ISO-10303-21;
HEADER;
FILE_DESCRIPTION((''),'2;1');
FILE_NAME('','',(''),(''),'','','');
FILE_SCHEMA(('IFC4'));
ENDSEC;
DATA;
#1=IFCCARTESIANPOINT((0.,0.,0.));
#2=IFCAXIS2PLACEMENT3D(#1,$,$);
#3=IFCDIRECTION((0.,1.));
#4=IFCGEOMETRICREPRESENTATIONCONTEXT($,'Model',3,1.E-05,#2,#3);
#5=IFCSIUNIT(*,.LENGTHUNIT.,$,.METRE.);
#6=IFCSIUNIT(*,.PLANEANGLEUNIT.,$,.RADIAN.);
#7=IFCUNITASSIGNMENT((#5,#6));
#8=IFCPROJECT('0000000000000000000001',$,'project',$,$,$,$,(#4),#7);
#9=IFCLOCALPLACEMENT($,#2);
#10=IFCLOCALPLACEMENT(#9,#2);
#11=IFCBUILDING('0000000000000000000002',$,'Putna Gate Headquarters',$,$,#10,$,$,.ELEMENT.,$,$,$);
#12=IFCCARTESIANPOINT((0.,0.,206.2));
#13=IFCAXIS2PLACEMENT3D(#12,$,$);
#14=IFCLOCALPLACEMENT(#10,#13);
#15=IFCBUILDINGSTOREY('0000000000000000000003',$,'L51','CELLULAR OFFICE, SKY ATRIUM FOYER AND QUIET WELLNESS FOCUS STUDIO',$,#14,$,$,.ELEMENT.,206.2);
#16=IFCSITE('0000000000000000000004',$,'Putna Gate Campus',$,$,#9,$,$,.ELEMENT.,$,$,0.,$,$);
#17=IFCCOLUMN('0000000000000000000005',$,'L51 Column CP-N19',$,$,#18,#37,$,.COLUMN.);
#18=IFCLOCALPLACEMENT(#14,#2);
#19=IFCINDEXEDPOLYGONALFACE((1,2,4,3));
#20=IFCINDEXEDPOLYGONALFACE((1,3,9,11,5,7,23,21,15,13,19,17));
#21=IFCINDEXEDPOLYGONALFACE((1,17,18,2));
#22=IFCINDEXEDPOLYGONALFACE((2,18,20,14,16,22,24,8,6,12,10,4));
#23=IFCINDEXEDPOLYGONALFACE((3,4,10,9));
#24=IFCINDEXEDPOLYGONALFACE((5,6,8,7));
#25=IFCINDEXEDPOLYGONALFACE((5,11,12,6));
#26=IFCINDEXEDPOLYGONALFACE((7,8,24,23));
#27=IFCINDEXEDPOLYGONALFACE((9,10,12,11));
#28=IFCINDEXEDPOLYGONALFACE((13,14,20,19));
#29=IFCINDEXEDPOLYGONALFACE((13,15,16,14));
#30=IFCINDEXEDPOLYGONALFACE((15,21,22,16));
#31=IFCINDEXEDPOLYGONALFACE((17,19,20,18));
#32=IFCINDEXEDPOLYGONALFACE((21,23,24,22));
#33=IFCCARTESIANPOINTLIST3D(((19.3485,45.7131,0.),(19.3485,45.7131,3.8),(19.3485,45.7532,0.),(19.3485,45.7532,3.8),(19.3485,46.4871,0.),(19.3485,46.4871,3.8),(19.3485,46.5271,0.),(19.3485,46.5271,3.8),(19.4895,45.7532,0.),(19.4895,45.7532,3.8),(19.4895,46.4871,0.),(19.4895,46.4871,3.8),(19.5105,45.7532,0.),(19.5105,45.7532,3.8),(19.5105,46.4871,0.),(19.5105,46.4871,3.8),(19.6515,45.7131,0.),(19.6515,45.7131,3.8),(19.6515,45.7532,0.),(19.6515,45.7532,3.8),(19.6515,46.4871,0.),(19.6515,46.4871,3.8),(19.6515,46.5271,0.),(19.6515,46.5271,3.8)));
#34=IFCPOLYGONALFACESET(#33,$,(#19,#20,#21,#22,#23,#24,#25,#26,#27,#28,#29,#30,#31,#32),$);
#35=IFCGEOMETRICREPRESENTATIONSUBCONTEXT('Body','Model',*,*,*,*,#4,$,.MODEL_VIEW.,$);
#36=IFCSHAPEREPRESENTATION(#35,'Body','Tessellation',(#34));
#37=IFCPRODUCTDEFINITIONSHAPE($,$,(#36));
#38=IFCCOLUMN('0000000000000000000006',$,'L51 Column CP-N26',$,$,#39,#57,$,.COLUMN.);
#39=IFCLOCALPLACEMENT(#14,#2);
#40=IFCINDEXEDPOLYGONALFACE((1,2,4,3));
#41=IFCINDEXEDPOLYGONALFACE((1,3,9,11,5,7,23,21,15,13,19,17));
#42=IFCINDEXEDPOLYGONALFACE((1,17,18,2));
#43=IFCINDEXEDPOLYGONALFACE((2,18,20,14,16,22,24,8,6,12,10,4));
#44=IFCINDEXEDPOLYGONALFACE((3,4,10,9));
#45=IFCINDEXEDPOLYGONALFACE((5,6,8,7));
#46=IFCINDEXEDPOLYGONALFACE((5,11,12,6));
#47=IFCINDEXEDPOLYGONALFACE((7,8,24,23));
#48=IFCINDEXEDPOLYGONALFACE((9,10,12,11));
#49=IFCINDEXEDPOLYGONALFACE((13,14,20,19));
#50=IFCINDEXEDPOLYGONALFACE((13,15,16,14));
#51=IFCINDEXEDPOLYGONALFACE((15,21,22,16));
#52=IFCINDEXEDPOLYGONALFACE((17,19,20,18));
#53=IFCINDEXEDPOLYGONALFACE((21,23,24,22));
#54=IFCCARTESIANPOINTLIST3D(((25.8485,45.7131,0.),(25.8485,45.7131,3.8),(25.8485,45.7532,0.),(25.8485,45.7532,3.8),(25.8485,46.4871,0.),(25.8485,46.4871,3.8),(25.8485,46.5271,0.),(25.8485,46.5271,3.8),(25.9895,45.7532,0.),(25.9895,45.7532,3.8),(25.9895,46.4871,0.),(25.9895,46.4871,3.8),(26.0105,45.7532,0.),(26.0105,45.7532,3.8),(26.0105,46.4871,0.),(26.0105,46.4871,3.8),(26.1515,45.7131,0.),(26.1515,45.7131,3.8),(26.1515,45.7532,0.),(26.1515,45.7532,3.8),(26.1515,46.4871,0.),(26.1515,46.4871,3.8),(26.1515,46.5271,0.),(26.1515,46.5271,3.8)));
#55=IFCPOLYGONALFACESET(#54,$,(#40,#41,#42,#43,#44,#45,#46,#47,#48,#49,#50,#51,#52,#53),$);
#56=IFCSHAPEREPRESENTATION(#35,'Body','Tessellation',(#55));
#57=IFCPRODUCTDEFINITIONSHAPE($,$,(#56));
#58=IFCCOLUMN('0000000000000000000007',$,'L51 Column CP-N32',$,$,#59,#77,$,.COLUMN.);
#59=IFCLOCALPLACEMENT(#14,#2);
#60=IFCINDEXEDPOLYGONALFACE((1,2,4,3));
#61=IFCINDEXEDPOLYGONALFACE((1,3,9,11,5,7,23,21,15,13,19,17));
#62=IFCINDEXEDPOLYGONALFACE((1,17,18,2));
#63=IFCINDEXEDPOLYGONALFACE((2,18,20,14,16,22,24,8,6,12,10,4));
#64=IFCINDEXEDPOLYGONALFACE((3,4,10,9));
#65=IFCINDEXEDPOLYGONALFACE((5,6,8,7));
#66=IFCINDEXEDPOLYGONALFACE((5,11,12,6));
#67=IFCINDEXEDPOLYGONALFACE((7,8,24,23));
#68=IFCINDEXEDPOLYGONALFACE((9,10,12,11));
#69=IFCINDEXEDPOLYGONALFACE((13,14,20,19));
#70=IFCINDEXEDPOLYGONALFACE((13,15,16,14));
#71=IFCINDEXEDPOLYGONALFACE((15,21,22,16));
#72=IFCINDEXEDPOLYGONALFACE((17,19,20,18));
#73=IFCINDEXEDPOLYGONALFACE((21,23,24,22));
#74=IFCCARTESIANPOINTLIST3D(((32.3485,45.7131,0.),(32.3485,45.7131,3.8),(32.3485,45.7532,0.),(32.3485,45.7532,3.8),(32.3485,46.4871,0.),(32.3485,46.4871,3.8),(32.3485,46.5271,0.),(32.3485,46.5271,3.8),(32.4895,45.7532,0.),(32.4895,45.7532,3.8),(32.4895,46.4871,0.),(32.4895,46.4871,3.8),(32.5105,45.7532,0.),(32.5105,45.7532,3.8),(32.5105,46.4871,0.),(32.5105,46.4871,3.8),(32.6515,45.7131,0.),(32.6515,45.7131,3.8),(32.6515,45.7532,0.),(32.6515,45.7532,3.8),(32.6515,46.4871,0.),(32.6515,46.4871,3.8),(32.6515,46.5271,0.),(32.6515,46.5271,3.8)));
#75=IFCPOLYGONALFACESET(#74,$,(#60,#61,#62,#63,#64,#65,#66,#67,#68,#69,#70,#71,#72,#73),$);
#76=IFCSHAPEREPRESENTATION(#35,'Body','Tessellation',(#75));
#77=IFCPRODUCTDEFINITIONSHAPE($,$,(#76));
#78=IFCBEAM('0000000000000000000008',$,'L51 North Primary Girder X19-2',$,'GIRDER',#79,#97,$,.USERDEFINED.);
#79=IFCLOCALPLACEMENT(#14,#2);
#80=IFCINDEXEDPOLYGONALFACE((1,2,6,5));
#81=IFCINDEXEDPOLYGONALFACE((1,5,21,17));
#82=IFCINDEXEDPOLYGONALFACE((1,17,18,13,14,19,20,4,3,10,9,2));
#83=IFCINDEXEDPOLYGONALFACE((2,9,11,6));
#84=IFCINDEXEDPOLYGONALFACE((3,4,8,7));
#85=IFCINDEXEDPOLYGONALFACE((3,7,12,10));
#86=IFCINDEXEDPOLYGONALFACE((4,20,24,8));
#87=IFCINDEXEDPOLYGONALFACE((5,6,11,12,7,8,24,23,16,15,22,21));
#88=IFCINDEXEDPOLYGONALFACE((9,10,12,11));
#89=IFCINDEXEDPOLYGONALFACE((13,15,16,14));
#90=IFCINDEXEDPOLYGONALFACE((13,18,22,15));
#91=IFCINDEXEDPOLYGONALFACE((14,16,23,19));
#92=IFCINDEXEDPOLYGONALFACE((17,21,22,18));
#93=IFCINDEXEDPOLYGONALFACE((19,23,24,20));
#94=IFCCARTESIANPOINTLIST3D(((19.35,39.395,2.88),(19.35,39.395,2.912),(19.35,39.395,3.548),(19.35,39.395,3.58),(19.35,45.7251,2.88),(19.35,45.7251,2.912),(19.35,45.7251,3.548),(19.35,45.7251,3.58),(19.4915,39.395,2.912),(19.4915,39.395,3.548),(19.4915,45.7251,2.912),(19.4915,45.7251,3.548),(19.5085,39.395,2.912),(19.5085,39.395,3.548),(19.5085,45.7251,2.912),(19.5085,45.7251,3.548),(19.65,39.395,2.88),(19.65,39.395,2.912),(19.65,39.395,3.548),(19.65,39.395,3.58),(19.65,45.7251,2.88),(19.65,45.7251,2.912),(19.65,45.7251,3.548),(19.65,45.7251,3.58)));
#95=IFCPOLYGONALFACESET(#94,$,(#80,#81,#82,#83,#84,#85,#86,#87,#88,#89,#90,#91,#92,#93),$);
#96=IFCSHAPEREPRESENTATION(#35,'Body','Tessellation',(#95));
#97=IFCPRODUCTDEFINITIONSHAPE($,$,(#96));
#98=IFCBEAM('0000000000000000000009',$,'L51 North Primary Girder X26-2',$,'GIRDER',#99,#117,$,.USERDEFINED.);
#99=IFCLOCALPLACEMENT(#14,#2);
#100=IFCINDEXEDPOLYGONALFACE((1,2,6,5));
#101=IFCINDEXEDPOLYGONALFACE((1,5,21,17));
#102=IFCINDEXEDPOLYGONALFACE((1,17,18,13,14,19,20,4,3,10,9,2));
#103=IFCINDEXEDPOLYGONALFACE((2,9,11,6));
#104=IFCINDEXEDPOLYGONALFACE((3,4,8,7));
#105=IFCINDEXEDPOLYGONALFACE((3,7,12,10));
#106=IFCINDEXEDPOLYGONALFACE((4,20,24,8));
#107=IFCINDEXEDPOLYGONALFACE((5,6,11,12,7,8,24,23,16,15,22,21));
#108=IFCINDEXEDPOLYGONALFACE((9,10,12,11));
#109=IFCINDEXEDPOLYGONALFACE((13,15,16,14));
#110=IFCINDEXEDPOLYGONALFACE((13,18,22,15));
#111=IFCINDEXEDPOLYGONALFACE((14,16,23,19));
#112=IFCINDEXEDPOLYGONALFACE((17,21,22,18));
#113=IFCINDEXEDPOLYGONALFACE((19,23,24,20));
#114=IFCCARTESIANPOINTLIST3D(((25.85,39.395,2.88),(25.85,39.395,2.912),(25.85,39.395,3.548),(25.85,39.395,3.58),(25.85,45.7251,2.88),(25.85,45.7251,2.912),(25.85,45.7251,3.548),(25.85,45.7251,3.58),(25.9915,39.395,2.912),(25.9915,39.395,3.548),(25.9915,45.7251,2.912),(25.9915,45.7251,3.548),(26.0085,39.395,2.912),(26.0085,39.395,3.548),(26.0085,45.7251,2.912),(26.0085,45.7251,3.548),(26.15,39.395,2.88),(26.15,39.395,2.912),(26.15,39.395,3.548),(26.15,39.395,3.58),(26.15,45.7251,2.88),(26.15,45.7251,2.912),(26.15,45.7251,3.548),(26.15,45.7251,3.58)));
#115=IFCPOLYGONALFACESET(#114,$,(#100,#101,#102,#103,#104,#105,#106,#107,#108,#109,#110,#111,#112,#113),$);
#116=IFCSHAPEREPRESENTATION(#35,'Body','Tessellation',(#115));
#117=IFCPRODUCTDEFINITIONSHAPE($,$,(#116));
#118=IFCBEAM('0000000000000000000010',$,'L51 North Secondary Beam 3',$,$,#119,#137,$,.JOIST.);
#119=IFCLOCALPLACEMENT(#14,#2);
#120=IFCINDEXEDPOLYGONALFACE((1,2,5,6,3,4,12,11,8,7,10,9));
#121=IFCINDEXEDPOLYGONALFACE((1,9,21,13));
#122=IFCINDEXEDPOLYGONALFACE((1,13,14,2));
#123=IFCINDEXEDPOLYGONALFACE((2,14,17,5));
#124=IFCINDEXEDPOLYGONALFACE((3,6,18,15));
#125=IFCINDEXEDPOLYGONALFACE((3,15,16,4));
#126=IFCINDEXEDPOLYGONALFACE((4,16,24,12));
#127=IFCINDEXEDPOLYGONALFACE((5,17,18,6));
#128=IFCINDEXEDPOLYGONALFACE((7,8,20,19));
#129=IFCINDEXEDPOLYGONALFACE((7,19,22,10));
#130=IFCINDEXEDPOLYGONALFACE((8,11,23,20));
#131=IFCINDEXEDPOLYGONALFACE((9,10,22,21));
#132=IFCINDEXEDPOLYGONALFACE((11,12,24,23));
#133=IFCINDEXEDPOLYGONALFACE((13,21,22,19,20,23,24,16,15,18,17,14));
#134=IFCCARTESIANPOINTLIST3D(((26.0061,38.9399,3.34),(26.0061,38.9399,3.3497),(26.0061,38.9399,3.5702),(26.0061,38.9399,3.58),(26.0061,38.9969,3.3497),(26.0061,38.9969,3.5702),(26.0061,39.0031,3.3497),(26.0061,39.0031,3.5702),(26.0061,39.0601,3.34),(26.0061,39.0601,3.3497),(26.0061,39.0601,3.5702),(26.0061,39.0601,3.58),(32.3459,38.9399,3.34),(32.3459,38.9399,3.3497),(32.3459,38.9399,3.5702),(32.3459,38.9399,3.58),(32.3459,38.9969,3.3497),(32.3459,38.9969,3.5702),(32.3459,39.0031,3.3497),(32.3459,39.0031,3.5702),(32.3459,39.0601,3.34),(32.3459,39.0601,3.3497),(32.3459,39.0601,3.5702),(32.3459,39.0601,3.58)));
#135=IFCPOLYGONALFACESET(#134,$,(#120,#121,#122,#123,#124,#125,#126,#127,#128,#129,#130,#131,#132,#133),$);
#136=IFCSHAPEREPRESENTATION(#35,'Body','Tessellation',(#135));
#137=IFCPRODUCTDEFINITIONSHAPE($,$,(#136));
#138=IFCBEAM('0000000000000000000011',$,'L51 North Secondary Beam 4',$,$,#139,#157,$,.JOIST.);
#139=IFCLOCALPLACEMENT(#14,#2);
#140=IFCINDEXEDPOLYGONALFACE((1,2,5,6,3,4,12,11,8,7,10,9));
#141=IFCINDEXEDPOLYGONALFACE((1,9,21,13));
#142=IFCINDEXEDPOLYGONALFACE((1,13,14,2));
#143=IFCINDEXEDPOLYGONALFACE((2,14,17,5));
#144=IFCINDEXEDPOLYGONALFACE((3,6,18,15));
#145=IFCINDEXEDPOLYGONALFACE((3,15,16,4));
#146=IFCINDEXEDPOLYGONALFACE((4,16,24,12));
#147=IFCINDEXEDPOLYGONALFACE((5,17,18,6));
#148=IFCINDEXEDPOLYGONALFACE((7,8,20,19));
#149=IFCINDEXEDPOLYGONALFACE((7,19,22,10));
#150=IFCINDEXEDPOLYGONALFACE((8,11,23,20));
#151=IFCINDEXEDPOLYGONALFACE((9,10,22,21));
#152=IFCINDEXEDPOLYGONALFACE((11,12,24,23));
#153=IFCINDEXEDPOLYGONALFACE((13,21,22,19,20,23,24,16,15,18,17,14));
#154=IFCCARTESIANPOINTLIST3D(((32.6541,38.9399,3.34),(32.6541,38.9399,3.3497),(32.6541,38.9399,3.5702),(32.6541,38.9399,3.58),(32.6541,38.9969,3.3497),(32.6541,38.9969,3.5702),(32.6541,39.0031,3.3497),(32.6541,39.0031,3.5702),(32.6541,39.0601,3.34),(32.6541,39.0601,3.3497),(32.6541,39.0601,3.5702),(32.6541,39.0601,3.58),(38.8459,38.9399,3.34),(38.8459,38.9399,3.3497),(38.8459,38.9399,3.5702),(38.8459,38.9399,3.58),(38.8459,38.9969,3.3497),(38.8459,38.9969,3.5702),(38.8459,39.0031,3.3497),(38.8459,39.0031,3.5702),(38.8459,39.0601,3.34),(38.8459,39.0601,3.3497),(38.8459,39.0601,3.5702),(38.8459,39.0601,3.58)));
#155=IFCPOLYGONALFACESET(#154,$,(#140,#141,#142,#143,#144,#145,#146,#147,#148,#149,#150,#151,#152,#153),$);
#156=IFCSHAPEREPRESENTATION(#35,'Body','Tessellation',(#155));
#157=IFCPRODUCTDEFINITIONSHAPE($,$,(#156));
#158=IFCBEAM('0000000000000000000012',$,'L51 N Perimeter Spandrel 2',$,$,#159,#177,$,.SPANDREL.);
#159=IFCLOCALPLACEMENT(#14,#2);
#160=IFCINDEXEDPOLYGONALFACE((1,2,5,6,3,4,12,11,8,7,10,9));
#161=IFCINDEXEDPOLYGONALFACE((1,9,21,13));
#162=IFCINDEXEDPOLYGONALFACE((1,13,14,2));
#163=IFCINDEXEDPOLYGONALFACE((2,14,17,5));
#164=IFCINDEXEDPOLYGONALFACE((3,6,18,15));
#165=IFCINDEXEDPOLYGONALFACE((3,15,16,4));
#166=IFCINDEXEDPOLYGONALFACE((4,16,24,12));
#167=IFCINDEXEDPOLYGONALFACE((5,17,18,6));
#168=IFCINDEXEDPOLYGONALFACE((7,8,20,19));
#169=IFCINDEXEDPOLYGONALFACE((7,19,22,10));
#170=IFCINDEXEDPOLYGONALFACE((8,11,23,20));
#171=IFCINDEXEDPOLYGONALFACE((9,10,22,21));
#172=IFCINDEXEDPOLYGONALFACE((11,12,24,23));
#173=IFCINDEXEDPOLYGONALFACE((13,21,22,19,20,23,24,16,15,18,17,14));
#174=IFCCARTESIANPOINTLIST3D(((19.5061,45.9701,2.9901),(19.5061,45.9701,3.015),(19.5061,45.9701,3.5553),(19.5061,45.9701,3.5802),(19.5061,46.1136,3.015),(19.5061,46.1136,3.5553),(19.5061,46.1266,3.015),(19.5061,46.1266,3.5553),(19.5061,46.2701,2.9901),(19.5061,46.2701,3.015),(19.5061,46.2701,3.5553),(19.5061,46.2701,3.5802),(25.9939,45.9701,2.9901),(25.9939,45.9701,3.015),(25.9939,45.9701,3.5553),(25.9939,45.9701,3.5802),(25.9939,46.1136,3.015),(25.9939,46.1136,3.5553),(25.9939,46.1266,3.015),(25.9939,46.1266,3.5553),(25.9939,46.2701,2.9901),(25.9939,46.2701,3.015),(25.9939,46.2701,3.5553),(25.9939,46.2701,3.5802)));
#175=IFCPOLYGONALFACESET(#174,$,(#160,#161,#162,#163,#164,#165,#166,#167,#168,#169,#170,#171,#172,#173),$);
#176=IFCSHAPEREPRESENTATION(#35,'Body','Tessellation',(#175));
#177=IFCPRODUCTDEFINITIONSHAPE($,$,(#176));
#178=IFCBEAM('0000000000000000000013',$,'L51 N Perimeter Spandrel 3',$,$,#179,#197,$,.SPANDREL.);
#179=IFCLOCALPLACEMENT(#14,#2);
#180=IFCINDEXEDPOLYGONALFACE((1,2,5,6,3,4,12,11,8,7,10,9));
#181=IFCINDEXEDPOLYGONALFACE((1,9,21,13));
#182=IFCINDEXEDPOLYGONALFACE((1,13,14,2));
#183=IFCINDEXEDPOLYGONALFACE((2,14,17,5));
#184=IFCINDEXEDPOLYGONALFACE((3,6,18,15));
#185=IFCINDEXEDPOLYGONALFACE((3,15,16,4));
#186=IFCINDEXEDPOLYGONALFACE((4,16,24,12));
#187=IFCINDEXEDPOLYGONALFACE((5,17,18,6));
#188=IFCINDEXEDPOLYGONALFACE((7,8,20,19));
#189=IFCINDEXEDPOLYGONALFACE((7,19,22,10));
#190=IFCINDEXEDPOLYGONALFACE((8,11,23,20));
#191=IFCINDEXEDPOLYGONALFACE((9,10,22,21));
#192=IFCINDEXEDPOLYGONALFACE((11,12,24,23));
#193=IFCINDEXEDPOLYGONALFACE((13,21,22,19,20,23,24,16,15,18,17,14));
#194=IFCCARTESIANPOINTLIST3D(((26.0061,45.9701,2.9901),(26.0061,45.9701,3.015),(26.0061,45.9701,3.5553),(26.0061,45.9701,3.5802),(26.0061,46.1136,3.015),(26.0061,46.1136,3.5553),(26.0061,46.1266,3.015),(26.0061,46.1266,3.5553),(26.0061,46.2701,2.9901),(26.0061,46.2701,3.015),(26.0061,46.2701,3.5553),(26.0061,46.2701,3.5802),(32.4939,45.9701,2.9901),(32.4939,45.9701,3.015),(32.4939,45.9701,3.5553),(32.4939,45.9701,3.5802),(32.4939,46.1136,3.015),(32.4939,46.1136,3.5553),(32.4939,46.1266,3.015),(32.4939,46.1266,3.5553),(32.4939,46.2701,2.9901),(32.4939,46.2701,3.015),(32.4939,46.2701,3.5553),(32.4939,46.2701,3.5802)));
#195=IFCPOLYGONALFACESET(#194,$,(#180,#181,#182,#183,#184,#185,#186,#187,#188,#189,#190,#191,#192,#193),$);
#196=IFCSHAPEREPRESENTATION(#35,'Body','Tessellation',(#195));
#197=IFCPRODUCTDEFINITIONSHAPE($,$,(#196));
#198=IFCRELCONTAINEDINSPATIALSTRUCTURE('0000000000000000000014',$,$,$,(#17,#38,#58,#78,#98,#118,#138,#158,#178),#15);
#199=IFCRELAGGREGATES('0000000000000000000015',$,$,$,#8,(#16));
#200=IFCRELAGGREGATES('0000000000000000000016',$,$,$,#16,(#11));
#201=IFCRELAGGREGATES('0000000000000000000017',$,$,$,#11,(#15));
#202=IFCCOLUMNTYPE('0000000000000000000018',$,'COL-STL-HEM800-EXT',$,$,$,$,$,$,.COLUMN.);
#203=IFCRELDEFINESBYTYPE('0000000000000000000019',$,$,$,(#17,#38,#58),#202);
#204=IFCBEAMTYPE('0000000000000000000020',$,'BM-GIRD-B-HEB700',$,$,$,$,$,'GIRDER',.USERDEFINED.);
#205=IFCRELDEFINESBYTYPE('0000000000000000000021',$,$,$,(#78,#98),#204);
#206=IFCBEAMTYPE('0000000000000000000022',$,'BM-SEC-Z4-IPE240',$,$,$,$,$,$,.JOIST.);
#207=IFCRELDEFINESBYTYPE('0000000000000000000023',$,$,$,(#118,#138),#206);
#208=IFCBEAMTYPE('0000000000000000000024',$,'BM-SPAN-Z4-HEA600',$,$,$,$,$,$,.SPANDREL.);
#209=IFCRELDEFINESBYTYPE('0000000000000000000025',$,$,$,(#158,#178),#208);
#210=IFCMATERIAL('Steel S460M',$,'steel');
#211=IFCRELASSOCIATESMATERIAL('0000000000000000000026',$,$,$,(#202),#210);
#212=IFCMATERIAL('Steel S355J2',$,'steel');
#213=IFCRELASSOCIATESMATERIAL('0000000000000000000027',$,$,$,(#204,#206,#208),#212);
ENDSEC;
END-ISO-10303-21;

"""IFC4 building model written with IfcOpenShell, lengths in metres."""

from ifc_helpers import new_model, si_unit, direction, frame, origin, origin_2d, place, context, subcontext, project, spatial, i_section, extrude, material, material_profile, profile_set, type_object, element, save


model = new_model("IFC4")

# Units and contexts
model_context = context("Model", 3, precision=1e-05, world=origin(), true_north=direction((0.0, 1.0)))
body_context = subcontext(model_context, "Body", "Model", "MODEL_VIEW")
ifc_project = project(units=[si_unit("LENGTHUNIT", "METRE"), si_unit("PLANEANGLEUNIT", "RADIAN")], contexts=[model_context])

# Site, building, storey
site_placement = place(None, origin())
site = spatial("IfcSite", under=ifc_project, at=site_placement, Name="Putna Gate Campus", CompositionType="ELEMENT", RefElevation=0.0)
building_placement = place(site_placement, origin())
building = spatial("IfcBuilding", under=site, at=building_placement, Name="Putna Gate Headquarters", CompositionType="ELEMENT")
storey_placement = place(building_placement, frame((0.0, 0.0, 206.2)))
storey = spatial("IfcBuildingStorey", under=building, at=storey_placement, Name="L51", Description="CELLULAR OFFICE, SKY ATRIUM FOYER AND QUIET WELLNESS FOCUS STUDIO", CompositionType="ELEMENT", Elevation=206.2)

# Columns
ifc_material_1 = material(Name="Steel S460M", Category="steel")
ifc_material_profile_1 = material_profile(ifc_material_1, i_section(OverallWidth=0.303, OverallDepth=0.814, WebThickness=0.021, FlangeThickness=0.04, at=origin_2d()), Name="Steel S460M")
ifc_profile_set_1 = profile_set([ifc_material_profile_1], Name="Steel S460M")
column_type = type_object("IfcColumnType", Name="COL-STL-HEM800-EXT", PredefinedType="COLUMN", material=ifc_profile_set_1)
for number, where, z_axis, x_axis, name in (
    (1, (19.5, 46.1201, 0.0), (0.0, 0.0, 1.0), (1.0, 0.0, 0.0), "L51 Column CP-N19"),
    (2, (26.0, 46.1201, 0.0), (0.0, 0.0, 1.0), (1.0, 0.0, 0.0), "L51 Column CP-N26"),
    (3, (32.5, 46.1201, 0.0), (0.0, 0.0, 1.0), (1.0, 0.0, 0.0), "L51 Column CP-N32"),
):
    element("IfcColumn", number, at=place(storey_placement, frame(where, z_axis=z_axis, x_axis=x_axis)), inside=storey, type_object=column_type, Name=name, PredefinedType="COLUMN", context=body_context, shape_type="SweptSolid", body=[
        extrude(i_section(OverallWidth=0.303, OverallDepth=0.814, WebThickness=0.021, FlangeThickness=0.04, at=origin_2d()), origin(), (0.0, 0.0, 1.0), 3.8),
    ])

# Beams
ifc_material_2 = material(Name="Steel S355J2", Category="steel")
ifc_material_profile_2 = material_profile(ifc_material_2, i_section(OverallWidth=0.3, OverallDepth=0.7, WebThickness=0.0171, FlangeThickness=0.032, at=origin_2d()), Name="Steel S355J2")
ifc_profile_set_2 = profile_set([ifc_material_profile_2], Name="Steel S355J2")
beam_type_1 = type_object("IfcBeamType", Name="BM-GIRD-B-HEB700", ElementType="GIRDER", PredefinedType="USERDEFINED", material=ifc_profile_set_2)
for number, where, z_axis, x_axis, name in (
    (4, (19.5, 39.395, 3.23), (0.0, 1.0, 0.0), (-1.0, 0.0, 0.0), "L51 North Primary Girder X19-2"),
    (5, (26.0, 39.395, 3.23), (0.0, 1.0, 0.0), (-1.0, 0.0, 0.0), "L51 North Primary Girder X26-2"),
):
    element("IfcBeam", number, at=place(storey_placement, frame(where, z_axis=z_axis, x_axis=x_axis)), inside=storey, type_object=beam_type_1, Name=name, ObjectType="GIRDER", PredefinedType="USERDEFINED", context=body_context, shape_type="SweptSolid", body=[
        extrude(i_section(OverallWidth=0.3, OverallDepth=0.7, WebThickness=0.0171, FlangeThickness=0.032, at=origin_2d()), origin(), (0.0, 0.0, 1.0), 6.3301),
    ])
ifc_material_profile_3 = material_profile(ifc_material_2, i_section(OverallWidth=0.1201, OverallDepth=0.24, WebThickness=0.0061, FlangeThickness=0.0098, at=origin_2d()), Name="Steel S355J2")
ifc_profile_set_3 = profile_set([ifc_material_profile_3], Name="Steel S355J2")
beam_type_2 = type_object("IfcBeamType", Name="BM-SEC-Z4-IPE240", PredefinedType="JOIST", material=ifc_profile_set_3)
beam_1_placement = place(storey_placement, frame((26.0061, 39.0, 3.46), z_axis=(1.0, 0.0, 0.0), x_axis=(0.0, 1.0, 0.0)))
element("IfcBeam", 6, at=beam_1_placement, inside=storey, type_object=beam_type_2, Name="L51 North Secondary Beam 3", PredefinedType="JOIST", context=body_context, shape_type="SweptSolid", body=[
    extrude(i_section(OverallWidth=0.1201, OverallDepth=0.24, WebThickness=0.0061, FlangeThickness=0.0098, at=origin_2d()), origin(), (0.0, 0.0, 1.0), 6.3398),
])
beam_2_placement = place(storey_placement, frame((32.6541, 39.0, 3.46), z_axis=(1.0, 0.0, 0.0), x_axis=(0.0, 1.0, 0.0)))
element("IfcBeam", 7, at=beam_2_placement, inside=storey, type_object=beam_type_2, Name="L51 North Secondary Beam 4", PredefinedType="JOIST", context=body_context, shape_type="SweptSolid", body=[
    extrude(i_section(OverallWidth=0.1201, OverallDepth=0.24, WebThickness=0.0061, FlangeThickness=0.0098, at=origin_2d()), origin(), (0.0, 0.0, 1.0), 6.1919),
])
ifc_material_profile_4 = material_profile(ifc_material_2, i_section(OverallWidth=0.3, OverallDepth=0.5901, WebThickness=0.0129, FlangeThickness=0.0249, at=origin_2d()), Name="Steel S355J2")
ifc_profile_set_4 = profile_set([ifc_material_profile_4], Name="Steel S355J2")
beam_type_3 = type_object("IfcBeamType", Name="BM-SPAN-Z4-HEA600", PredefinedType="SPANDREL", material=ifc_profile_set_4)
for number, where, z_axis, x_axis, name in (
    (8, (19.5061, 46.1201, 3.2852), (1.0, 0.0, 0.0), (0.0, 1.0, 0.0), "L51 N Perimeter Spandrel 2"),
    (9, (26.0061, 46.1201, 3.2852), (1.0, 0.0, 0.0), (0.0, 1.0, 0.0), "L51 N Perimeter Spandrel 3"),
):
    element("IfcBeam", number, at=place(storey_placement, frame(where, z_axis=z_axis, x_axis=x_axis)), inside=storey, type_object=beam_type_3, Name=name, PredefinedType="SPANDREL", context=body_context, shape_type="SweptSolid", body=[
        extrude(i_section(OverallWidth=0.3, OverallDepth=0.5901, WebThickness=0.0129, FlangeThickness=0.0249, at=origin_2d()), origin(), (0.0, 0.0, 1.0), 6.4878),
    ])

save(model, "model.ifc")
